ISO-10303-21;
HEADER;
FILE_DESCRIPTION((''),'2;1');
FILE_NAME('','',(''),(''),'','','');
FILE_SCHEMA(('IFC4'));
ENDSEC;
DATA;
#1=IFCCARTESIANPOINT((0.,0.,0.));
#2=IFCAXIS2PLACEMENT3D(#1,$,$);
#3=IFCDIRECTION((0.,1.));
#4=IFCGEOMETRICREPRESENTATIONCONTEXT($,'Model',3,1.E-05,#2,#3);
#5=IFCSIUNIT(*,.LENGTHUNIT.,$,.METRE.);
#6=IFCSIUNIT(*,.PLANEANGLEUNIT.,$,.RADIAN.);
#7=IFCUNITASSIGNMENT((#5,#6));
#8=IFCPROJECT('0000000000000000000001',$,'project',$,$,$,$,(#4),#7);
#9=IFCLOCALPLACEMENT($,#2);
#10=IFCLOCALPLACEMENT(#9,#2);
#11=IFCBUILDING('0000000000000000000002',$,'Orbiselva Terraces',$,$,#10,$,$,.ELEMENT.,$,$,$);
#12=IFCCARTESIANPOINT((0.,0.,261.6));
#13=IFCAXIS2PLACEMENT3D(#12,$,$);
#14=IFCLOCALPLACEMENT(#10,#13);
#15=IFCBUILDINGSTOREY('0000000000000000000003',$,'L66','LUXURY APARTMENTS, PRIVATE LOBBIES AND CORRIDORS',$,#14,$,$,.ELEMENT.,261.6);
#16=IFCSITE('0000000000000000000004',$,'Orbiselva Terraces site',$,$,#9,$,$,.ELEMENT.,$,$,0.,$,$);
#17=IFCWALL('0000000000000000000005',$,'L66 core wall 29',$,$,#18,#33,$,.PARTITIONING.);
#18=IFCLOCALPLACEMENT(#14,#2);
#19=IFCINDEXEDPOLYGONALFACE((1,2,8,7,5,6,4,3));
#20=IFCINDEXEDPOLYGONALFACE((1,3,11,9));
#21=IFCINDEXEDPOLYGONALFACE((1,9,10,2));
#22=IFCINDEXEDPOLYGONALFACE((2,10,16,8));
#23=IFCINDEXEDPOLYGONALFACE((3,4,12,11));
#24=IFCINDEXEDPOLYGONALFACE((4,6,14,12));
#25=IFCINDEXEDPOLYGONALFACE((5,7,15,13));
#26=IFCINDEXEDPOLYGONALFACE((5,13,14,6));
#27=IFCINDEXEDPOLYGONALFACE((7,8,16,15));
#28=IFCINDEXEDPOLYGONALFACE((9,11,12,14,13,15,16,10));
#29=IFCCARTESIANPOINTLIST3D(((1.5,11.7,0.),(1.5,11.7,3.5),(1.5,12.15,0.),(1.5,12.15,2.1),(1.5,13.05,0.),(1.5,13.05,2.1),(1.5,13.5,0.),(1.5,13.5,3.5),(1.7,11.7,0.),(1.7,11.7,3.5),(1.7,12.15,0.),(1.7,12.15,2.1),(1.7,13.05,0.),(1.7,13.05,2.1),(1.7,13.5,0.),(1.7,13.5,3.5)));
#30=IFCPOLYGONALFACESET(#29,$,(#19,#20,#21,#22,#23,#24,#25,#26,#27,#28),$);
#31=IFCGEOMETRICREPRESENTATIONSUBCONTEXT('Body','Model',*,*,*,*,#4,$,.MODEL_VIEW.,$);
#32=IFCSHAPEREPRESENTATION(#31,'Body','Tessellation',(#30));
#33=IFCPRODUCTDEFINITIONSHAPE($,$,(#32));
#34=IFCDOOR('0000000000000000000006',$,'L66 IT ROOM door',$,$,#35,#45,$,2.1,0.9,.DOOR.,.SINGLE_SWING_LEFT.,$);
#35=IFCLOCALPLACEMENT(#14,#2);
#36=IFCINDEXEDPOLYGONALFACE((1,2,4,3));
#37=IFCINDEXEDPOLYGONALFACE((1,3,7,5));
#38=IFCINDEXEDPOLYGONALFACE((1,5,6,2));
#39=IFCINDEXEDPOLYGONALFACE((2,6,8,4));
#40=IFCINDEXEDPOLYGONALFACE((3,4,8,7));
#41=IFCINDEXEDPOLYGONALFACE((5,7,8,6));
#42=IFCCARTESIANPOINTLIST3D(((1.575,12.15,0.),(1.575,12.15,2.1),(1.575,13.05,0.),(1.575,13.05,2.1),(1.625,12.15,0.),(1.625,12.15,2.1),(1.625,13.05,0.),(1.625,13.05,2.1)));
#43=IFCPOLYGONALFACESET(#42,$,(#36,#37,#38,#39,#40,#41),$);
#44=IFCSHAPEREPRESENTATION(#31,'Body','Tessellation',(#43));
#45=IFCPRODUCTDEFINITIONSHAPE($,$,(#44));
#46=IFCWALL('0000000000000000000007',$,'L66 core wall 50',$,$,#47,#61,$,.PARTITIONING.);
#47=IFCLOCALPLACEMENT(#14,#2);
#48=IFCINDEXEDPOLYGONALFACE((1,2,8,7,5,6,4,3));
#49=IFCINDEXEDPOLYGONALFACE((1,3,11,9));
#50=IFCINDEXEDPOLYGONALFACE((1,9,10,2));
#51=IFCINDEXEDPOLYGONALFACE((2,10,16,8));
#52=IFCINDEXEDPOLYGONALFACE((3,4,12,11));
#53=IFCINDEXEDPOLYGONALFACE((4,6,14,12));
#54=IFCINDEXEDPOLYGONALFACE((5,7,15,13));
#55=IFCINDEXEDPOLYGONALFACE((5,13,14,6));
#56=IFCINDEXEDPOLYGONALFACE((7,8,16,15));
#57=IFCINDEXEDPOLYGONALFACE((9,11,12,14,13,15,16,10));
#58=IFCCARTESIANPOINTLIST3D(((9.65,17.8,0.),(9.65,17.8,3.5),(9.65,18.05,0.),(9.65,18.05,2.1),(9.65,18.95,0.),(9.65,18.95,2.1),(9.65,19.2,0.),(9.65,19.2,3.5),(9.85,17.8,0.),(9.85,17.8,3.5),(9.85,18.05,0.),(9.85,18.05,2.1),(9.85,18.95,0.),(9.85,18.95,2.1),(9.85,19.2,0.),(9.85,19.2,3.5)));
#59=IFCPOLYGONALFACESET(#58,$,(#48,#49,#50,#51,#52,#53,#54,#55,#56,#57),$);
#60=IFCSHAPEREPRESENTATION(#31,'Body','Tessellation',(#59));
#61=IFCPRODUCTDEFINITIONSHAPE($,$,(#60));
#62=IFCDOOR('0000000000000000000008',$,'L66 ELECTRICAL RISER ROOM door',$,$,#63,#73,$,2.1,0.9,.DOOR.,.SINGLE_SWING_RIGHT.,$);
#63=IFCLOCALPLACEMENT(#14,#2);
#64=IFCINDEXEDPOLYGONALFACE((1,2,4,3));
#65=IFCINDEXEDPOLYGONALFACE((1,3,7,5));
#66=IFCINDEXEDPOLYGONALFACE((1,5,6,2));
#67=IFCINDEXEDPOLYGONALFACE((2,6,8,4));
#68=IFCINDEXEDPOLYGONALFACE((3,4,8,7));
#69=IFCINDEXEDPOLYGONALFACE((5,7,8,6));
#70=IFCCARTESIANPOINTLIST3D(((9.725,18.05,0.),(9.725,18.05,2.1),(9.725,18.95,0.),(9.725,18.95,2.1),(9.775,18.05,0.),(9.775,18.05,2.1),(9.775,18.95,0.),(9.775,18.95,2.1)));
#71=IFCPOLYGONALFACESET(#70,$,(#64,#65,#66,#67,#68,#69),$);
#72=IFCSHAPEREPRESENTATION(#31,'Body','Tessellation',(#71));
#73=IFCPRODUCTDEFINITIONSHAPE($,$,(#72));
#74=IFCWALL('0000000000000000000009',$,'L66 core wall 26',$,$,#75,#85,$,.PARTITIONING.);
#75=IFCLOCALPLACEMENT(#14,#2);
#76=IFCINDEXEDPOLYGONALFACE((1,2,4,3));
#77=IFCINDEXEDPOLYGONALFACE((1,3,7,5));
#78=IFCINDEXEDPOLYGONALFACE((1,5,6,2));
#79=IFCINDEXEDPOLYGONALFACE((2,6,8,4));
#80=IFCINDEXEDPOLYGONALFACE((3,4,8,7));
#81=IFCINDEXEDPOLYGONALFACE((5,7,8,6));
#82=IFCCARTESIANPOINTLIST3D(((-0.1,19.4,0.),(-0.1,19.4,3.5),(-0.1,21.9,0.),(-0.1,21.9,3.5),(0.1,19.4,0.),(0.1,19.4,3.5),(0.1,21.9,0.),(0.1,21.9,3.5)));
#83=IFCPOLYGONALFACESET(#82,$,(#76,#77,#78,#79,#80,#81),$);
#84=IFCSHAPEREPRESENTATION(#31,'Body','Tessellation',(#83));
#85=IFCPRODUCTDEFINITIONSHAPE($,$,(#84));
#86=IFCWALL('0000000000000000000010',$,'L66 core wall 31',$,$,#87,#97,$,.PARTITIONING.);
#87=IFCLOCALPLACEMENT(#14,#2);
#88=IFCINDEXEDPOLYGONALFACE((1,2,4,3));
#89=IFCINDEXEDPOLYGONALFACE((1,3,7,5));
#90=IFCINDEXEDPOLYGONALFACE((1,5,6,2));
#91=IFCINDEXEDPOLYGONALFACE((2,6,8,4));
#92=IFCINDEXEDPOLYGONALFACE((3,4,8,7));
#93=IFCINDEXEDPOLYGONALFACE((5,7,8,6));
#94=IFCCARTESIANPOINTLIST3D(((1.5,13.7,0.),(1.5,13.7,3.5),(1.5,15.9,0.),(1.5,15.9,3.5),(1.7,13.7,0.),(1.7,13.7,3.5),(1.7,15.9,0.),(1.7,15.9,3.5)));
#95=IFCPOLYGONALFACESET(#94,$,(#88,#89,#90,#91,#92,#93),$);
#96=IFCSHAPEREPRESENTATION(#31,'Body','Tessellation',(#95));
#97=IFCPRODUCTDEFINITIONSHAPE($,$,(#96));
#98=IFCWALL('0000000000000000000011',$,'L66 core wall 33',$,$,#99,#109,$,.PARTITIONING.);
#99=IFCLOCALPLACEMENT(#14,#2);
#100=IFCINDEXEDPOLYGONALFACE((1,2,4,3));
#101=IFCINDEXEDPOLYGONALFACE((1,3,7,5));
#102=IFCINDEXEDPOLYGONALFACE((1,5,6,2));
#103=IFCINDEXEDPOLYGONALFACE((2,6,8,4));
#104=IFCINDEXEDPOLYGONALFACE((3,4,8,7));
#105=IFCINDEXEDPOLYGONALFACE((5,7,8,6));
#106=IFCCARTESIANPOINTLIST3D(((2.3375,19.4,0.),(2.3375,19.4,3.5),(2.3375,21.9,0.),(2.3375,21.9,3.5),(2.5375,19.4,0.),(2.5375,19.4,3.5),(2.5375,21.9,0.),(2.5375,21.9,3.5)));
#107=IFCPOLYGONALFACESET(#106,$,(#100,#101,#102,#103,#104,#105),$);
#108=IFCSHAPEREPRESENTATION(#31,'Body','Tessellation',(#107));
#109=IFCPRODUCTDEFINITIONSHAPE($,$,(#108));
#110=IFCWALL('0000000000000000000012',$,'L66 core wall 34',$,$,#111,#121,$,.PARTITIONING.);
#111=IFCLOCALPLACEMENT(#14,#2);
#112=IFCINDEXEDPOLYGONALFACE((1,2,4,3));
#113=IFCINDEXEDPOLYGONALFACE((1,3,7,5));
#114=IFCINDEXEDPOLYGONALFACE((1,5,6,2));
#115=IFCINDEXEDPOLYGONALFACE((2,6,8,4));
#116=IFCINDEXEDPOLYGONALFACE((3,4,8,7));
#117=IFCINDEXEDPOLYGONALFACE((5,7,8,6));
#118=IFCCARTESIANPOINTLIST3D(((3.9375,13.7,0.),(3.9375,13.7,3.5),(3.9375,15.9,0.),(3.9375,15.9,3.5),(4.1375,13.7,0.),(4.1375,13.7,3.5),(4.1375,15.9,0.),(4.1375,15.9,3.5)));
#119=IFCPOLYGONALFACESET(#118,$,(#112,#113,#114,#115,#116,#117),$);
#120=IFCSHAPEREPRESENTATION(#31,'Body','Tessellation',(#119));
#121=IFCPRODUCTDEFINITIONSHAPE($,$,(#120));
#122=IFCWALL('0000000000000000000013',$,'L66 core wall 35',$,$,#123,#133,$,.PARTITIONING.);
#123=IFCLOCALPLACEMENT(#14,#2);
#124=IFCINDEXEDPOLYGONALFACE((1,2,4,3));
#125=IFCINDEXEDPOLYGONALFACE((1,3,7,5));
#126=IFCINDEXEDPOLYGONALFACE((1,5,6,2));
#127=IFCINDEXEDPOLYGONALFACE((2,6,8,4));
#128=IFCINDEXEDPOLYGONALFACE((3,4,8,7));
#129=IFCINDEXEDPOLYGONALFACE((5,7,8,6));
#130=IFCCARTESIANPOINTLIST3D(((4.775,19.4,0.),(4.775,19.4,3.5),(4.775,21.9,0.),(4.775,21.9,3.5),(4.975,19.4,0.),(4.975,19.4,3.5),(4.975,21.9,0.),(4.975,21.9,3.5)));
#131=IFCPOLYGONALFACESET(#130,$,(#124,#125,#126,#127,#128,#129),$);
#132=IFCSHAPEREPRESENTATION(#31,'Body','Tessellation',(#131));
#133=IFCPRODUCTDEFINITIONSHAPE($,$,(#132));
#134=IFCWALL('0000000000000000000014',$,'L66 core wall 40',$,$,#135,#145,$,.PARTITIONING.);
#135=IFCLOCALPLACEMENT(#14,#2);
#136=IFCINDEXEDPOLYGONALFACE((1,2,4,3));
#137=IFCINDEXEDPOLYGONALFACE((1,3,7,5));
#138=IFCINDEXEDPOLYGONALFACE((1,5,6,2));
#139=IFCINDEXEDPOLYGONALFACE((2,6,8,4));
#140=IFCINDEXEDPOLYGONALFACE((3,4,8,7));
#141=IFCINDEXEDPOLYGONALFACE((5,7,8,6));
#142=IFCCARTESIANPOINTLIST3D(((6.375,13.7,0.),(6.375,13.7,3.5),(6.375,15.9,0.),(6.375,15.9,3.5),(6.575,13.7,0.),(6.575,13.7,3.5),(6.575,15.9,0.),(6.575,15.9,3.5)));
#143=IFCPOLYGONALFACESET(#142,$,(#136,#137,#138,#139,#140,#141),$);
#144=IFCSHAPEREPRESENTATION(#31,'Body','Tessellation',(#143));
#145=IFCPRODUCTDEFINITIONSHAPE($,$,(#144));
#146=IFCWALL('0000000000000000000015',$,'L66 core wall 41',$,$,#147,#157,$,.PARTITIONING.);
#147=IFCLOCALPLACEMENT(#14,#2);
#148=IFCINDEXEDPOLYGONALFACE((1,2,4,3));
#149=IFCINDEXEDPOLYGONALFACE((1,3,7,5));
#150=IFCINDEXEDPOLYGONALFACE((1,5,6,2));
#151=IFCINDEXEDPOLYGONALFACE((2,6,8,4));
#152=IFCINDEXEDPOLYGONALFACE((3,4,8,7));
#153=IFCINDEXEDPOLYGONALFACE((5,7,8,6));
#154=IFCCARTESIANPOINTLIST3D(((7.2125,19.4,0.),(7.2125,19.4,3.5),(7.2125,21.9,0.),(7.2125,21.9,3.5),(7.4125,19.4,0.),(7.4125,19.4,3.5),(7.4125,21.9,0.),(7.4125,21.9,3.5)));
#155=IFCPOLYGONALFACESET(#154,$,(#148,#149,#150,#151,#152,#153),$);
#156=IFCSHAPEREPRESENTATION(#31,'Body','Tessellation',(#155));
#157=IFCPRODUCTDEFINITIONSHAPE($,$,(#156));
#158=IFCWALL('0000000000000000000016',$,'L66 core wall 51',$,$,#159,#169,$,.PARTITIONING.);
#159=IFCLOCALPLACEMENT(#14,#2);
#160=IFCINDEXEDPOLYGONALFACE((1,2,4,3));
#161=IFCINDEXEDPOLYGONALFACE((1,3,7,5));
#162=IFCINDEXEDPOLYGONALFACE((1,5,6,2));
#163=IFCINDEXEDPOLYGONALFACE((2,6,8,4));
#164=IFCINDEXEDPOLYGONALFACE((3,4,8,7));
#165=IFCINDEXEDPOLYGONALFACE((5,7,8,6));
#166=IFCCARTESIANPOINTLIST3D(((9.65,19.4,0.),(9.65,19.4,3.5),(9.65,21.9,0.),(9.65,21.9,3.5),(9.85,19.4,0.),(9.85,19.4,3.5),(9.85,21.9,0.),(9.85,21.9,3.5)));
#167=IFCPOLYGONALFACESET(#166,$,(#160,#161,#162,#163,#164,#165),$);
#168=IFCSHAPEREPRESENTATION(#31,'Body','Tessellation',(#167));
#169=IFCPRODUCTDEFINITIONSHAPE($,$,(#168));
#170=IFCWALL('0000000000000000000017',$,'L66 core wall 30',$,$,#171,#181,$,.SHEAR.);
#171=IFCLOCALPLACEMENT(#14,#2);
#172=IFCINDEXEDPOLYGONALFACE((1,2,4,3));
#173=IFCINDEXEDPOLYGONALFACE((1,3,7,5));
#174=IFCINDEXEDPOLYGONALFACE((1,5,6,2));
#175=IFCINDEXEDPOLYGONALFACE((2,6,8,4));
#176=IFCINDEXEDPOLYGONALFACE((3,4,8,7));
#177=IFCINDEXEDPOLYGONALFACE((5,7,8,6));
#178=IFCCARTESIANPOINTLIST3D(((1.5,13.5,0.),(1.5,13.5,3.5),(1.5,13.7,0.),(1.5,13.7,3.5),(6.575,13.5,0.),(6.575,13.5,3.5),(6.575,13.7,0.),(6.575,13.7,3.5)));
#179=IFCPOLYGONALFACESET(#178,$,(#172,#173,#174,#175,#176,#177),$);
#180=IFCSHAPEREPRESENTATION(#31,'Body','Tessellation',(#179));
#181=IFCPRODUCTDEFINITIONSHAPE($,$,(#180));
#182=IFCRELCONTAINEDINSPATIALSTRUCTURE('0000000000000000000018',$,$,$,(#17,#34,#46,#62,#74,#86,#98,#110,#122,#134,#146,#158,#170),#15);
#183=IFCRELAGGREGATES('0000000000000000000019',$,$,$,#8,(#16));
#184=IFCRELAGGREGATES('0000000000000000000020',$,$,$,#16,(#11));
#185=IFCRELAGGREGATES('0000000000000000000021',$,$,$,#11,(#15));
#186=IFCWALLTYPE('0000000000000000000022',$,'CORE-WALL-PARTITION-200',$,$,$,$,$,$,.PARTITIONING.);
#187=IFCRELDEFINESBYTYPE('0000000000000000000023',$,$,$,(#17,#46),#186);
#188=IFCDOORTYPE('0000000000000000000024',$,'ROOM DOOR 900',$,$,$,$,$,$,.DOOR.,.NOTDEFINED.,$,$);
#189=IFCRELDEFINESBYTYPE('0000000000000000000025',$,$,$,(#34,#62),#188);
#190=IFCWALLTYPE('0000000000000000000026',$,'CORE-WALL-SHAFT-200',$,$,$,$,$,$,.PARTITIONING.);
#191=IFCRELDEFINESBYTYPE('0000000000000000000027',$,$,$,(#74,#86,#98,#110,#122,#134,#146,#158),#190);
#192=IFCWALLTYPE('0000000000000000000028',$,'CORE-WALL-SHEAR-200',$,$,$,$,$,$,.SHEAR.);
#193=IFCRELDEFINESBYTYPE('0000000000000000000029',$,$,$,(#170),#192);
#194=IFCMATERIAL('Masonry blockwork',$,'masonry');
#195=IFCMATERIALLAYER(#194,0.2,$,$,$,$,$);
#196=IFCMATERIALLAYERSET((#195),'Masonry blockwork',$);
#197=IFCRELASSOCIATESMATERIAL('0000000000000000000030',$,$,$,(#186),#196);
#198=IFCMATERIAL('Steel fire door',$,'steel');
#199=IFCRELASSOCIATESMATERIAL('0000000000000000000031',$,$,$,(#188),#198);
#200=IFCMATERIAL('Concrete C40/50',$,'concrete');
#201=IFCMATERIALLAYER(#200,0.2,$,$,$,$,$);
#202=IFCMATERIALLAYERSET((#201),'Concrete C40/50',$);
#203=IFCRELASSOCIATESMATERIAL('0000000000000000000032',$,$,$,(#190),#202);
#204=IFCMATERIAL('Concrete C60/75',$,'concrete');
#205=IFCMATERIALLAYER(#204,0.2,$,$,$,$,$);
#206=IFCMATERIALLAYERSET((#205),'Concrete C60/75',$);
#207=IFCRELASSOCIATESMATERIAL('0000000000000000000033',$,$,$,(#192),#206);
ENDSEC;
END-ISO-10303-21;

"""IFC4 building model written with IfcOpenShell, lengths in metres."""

from ifc_helpers import new_model, si_unit, direction, frame, frame_2d, origin, place, context, subcontext, project, spatial, rectangle, extrude, material, layer, layer_set, type_object, element, fill, save


model = new_model("IFC4")

# Units and contexts
model_context = context("Model", 3, precision=1e-05, world=origin(), true_north=direction((0.0, 1.0)))
body_context = subcontext(model_context, "Body", "Model", "MODEL_VIEW")
ifc_project = project(units=[si_unit("LENGTHUNIT", "METRE"), si_unit("PLANEANGLEUNIT", "RADIAN")], contexts=[model_context])

# Site, building, storey
site_placement = place(None, origin())
site = spatial("IfcSite", under=ifc_project, at=site_placement, Name="Orbiselva Terraces site", CompositionType="ELEMENT", RefElevation=0.0)
building_placement = place(site_placement, origin())
building = spatial("IfcBuilding", under=site, at=building_placement, Name="Orbiselva Terraces", CompositionType="ELEMENT")
storey_placement = place(building_placement, frame((0.0, 0.0, 261.6)))
storey = spatial("IfcBuildingStorey", under=building, at=storey_placement, Name="L66", Description="LUXURY APARTMENTS, PRIVATE LOBBIES AND CORRIDORS", CompositionType="ELEMENT", Elevation=261.6)

# Walls, openings, doors
ifc_material_1 = material(Name="Masonry blockwork", Category="masonry")
ifc_layer_1 = layer(ifc_material_1, 0.2)
ifc_layer_set_1 = layer_set([ifc_layer_1], Name="Masonry blockwork")
wall_type_1 = type_object("IfcWallType", Name="CORE-WALL-PARTITION-200", PredefinedType="PARTITIONING", material=ifc_layer_set_1)
wall_1_placement = place(storey_placement, frame((1.6, 13.5, 0.0), z_axis=(0.0, 0.0, 1.0), x_axis=(0.0, -1.0, 0.0)))
wall_1 = element("IfcWall", 1, at=wall_1_placement, inside=storey, type_object=wall_type_1, Name="L66 core wall 29", PredefinedType="PARTITIONING", context=body_context, shape_type="SweptSolid", body=[
    extrude(rectangle(XDim=1.8, YDim=0.2, at=frame_2d((0.9, 0.0))), origin(), (0.0, 0.0, 1.0), 3.5),
])
opening_1_placement = place(wall_1_placement, frame((0.45, 0.0, 0.0)))
opening_1 = element("IfcOpeningElement", 2, at=opening_1_placement, cuts=wall_1, PredefinedType="OPENING", context=body_context, shape_type="SweptSolid", body=[
    extrude(rectangle(XDim=0.9, YDim=2.1, at=frame_2d((0.45, 1.05))), frame((0.0, 0.11, 0.0), z_axis=(0.0, -1.0, 0.0), x_axis=(1.0, 0.0, 0.0)), (0.0, 0.0, 1.0), 0.22),
])
ifc_material_2 = material(Name="Steel fire door", Category="steel")
door_type_1 = type_object("IfcDoorType", Name="ROOM DOOR 900", OperationType="NOTDEFINED", PredefinedType="DOOR", material=ifc_material_2)
door_1_placement = place(opening_1_placement, origin())
door_1 = element("IfcDoor", 3, at=door_1_placement, inside=storey, type_object=door_type_1, Name="L66 IT ROOM door", OperationType="SINGLE_SWING_LEFT", OverallHeight=2.1, OverallWidth=0.9, PredefinedType="DOOR", context=body_context, shape_type="SweptSolid", body=[
    extrude(rectangle(XDim=0.9, YDim=2.1, at=frame_2d((0.45, 1.05))), frame((0.0, 0.025, 0.0), z_axis=(0.0, -1.0, 0.0), x_axis=(1.0, 0.0, 0.0)), (0.0, 0.0, 1.0), 0.05),
])
fill(opening_1, door_1)
wall_2_placement = place(storey_placement, frame((9.75, 19.2, 0.0), z_axis=(0.0, 0.0, 1.0), x_axis=(0.0, -1.0, 0.0)))
wall_2 = element("IfcWall", 4, at=wall_2_placement, inside=storey, type_object=wall_type_1, Name="L66 core wall 50", PredefinedType="PARTITIONING", context=body_context, shape_type="SweptSolid", body=[
    extrude(rectangle(XDim=1.4, YDim=0.2, at=frame_2d((0.7, 0.0))), origin(), (0.0, 0.0, 1.0), 3.5),
])
opening_2_placement = place(wall_2_placement, frame((0.25, 0.0, 0.0)))
opening_2 = element("IfcOpeningElement", 5, at=opening_2_placement, cuts=wall_2, PredefinedType="OPENING", context=body_context, shape_type="SweptSolid", body=[
    extrude(rectangle(XDim=0.9, YDim=2.1, at=frame_2d((0.45, 1.05))), frame((0.0, 0.11, 0.0), z_axis=(0.0, -1.0, 0.0), x_axis=(1.0, 0.0, 0.0)), (0.0, 0.0, 1.0), 0.22),
])
door_2_placement = place(opening_2_placement, origin())
door_2 = element("IfcDoor", 6, at=door_2_placement, inside=storey, type_object=door_type_1, Name="L66 ELECTRICAL RISER ROOM door", OperationType="SINGLE_SWING_RIGHT", OverallHeight=2.1, OverallWidth=0.9, PredefinedType="DOOR", context=body_context, shape_type="SweptSolid", body=[
    extrude(rectangle(XDim=0.9, YDim=2.1, at=frame_2d((0.45, 1.05))), frame((0.0, 0.025, 0.0), z_axis=(0.0, -1.0, 0.0), x_axis=(1.0, 0.0, 0.0)), (0.0, 0.0, 1.0), 0.05),
])
fill(opening_2, door_2)

# Walls
ifc_material_3 = material(Name="Concrete C40/50", Category="concrete")
ifc_layer_2 = layer(ifc_material_3, 0.2)
ifc_layer_set_2 = layer_set([ifc_layer_2], Name="Concrete C40/50")
wall_type_2 = type_object("IfcWallType", Name="CORE-WALL-SHAFT-200", PredefinedType="PARTITIONING", material=ifc_layer_set_2)
wall_3_placement = place(storey_placement, frame((0.0, 19.4, 0.0), z_axis=(0.0, 0.0, 1.0), x_axis=(0.0, 1.0, 0.0)))
element("IfcWall", 7, at=wall_3_placement, inside=storey, type_object=wall_type_2, Name="L66 core wall 26", PredefinedType="PARTITIONING", context=body_context, shape_type="SweptSolid", body=[
    extrude(rectangle(XDim=2.5, YDim=0.2, at=frame_2d((1.25, 0.0))), origin(), (0.0, 0.0, 1.0), 3.5),
])
wall_4_placement = place(storey_placement, frame((1.6, 13.7, 0.0), z_axis=(0.0, 0.0, 1.0), x_axis=(0.0, 1.0, 0.0)))
element("IfcWall", 8, at=wall_4_placement, inside=storey, type_object=wall_type_2, Name="L66 core wall 31", PredefinedType="PARTITIONING", context=body_context, shape_type="SweptSolid", body=[
    extrude(rectangle(XDim=2.2, YDim=0.2, at=frame_2d((1.1, 0.0))), origin(), (0.0, 0.0, 1.0), 3.5),
])
wall_5_placement = place(storey_placement, frame((2.4375, 19.4, 0.0), z_axis=(0.0, 0.0, 1.0), x_axis=(0.0, 1.0, 0.0)))
element("IfcWall", 9, at=wall_5_placement, inside=storey, type_object=wall_type_2, Name="L66 core wall 33", PredefinedType="PARTITIONING", context=body_context, shape_type="SweptSolid", body=[
    extrude(rectangle(XDim=2.5, YDim=0.2, at=frame_2d((1.25, 0.0))), origin(), (0.0, 0.0, 1.0), 3.5),
])
wall_6_placement = place(storey_placement, frame((4.0375, 13.7, 0.0), z_axis=(0.0, 0.0, 1.0), x_axis=(0.0, 1.0, 0.0)))
element("IfcWall", 10, at=wall_6_placement, inside=storey, type_object=wall_type_2, Name="L66 core wall 34", PredefinedType="PARTITIONING", context=body_context, shape_type="SweptSolid", body=[
    extrude(rectangle(XDim=2.2, YDim=0.2, at=frame_2d((1.1, 0.0))), origin(), (0.0, 0.0, 1.0), 3.5),
])
wall_7_placement = place(storey_placement, frame((4.875, 19.4, 0.0), z_axis=(0.0, 0.0, 1.0), x_axis=(0.0, 1.0, 0.0)))
element("IfcWall", 11, at=wall_7_placement, inside=storey, type_object=wall_type_2, Name="L66 core wall 35", PredefinedType="PARTITIONING", context=body_context, shape_type="SweptSolid", body=[
    extrude(rectangle(XDim=2.5, YDim=0.2, at=frame_2d((1.25, 0.0))), origin(), (0.0, 0.0, 1.0), 3.5),
])
wall_8_placement = place(storey_placement, frame((6.475, 13.7, 0.0), z_axis=(0.0, 0.0, 1.0), x_axis=(0.0, 1.0, 0.0)))
element("IfcWall", 12, at=wall_8_placement, inside=storey, type_object=wall_type_2, Name="L66 core wall 40", PredefinedType="PARTITIONING", context=body_context, shape_type="SweptSolid", body=[
    extrude(rectangle(XDim=2.2, YDim=0.2, at=frame_2d((1.1, 0.0))), origin(), (0.0, 0.0, 1.0), 3.5),
])
for number, where, z_axis, x_axis, name in (
    (13, (7.3125, 19.4, 0.0), (0.0, 0.0, 1.0), (0.0, 1.0, 0.0), "L66 core wall 41"),
    (14, (9.75, 19.4, 0.0), (0.0, 0.0, 1.0), (0.0, 1.0, 0.0), "L66 core wall 51"),
):
    element("IfcWall", number, at=place(storey_placement, frame(where, z_axis=z_axis, x_axis=x_axis)), inside=storey, type_object=wall_type_2, Name=name, PredefinedType="PARTITIONING", context=body_context, shape_type="SweptSolid", body=[
        extrude(rectangle(XDim=2.5, YDim=0.2, at=frame_2d((1.25, 0.0))), origin(), (0.0, 0.0, 1.0), 3.5),
    ])
ifc_material_4 = material(Name="Concrete C60/75", Category="concrete")
ifc_layer_3 = layer(ifc_material_4, 0.2)
ifc_layer_set_3 = layer_set([ifc_layer_3], Name="Concrete C60/75")
wall_type_3 = type_object("IfcWallType", Name="CORE-WALL-SHEAR-200", PredefinedType="SHEAR", material=ifc_layer_set_3)
wall_9_placement = place(storey_placement, frame((1.5, 13.6, 0.0), z_axis=(0.0, 0.0, 1.0), x_axis=(1.0, 0.0, 0.0)))
element("IfcWall", 15, at=wall_9_placement, inside=storey, type_object=wall_type_3, Name="L66 core wall 30", PredefinedType="SHEAR", context=body_context, shape_type="SweptSolid", body=[
    extrude(rectangle(XDim=5.075, YDim=0.2, at=frame_2d((2.5375, 0.0))), origin(), (0.0, 0.0, 1.0), 3.5),
])

save(model, "model.ifc")
